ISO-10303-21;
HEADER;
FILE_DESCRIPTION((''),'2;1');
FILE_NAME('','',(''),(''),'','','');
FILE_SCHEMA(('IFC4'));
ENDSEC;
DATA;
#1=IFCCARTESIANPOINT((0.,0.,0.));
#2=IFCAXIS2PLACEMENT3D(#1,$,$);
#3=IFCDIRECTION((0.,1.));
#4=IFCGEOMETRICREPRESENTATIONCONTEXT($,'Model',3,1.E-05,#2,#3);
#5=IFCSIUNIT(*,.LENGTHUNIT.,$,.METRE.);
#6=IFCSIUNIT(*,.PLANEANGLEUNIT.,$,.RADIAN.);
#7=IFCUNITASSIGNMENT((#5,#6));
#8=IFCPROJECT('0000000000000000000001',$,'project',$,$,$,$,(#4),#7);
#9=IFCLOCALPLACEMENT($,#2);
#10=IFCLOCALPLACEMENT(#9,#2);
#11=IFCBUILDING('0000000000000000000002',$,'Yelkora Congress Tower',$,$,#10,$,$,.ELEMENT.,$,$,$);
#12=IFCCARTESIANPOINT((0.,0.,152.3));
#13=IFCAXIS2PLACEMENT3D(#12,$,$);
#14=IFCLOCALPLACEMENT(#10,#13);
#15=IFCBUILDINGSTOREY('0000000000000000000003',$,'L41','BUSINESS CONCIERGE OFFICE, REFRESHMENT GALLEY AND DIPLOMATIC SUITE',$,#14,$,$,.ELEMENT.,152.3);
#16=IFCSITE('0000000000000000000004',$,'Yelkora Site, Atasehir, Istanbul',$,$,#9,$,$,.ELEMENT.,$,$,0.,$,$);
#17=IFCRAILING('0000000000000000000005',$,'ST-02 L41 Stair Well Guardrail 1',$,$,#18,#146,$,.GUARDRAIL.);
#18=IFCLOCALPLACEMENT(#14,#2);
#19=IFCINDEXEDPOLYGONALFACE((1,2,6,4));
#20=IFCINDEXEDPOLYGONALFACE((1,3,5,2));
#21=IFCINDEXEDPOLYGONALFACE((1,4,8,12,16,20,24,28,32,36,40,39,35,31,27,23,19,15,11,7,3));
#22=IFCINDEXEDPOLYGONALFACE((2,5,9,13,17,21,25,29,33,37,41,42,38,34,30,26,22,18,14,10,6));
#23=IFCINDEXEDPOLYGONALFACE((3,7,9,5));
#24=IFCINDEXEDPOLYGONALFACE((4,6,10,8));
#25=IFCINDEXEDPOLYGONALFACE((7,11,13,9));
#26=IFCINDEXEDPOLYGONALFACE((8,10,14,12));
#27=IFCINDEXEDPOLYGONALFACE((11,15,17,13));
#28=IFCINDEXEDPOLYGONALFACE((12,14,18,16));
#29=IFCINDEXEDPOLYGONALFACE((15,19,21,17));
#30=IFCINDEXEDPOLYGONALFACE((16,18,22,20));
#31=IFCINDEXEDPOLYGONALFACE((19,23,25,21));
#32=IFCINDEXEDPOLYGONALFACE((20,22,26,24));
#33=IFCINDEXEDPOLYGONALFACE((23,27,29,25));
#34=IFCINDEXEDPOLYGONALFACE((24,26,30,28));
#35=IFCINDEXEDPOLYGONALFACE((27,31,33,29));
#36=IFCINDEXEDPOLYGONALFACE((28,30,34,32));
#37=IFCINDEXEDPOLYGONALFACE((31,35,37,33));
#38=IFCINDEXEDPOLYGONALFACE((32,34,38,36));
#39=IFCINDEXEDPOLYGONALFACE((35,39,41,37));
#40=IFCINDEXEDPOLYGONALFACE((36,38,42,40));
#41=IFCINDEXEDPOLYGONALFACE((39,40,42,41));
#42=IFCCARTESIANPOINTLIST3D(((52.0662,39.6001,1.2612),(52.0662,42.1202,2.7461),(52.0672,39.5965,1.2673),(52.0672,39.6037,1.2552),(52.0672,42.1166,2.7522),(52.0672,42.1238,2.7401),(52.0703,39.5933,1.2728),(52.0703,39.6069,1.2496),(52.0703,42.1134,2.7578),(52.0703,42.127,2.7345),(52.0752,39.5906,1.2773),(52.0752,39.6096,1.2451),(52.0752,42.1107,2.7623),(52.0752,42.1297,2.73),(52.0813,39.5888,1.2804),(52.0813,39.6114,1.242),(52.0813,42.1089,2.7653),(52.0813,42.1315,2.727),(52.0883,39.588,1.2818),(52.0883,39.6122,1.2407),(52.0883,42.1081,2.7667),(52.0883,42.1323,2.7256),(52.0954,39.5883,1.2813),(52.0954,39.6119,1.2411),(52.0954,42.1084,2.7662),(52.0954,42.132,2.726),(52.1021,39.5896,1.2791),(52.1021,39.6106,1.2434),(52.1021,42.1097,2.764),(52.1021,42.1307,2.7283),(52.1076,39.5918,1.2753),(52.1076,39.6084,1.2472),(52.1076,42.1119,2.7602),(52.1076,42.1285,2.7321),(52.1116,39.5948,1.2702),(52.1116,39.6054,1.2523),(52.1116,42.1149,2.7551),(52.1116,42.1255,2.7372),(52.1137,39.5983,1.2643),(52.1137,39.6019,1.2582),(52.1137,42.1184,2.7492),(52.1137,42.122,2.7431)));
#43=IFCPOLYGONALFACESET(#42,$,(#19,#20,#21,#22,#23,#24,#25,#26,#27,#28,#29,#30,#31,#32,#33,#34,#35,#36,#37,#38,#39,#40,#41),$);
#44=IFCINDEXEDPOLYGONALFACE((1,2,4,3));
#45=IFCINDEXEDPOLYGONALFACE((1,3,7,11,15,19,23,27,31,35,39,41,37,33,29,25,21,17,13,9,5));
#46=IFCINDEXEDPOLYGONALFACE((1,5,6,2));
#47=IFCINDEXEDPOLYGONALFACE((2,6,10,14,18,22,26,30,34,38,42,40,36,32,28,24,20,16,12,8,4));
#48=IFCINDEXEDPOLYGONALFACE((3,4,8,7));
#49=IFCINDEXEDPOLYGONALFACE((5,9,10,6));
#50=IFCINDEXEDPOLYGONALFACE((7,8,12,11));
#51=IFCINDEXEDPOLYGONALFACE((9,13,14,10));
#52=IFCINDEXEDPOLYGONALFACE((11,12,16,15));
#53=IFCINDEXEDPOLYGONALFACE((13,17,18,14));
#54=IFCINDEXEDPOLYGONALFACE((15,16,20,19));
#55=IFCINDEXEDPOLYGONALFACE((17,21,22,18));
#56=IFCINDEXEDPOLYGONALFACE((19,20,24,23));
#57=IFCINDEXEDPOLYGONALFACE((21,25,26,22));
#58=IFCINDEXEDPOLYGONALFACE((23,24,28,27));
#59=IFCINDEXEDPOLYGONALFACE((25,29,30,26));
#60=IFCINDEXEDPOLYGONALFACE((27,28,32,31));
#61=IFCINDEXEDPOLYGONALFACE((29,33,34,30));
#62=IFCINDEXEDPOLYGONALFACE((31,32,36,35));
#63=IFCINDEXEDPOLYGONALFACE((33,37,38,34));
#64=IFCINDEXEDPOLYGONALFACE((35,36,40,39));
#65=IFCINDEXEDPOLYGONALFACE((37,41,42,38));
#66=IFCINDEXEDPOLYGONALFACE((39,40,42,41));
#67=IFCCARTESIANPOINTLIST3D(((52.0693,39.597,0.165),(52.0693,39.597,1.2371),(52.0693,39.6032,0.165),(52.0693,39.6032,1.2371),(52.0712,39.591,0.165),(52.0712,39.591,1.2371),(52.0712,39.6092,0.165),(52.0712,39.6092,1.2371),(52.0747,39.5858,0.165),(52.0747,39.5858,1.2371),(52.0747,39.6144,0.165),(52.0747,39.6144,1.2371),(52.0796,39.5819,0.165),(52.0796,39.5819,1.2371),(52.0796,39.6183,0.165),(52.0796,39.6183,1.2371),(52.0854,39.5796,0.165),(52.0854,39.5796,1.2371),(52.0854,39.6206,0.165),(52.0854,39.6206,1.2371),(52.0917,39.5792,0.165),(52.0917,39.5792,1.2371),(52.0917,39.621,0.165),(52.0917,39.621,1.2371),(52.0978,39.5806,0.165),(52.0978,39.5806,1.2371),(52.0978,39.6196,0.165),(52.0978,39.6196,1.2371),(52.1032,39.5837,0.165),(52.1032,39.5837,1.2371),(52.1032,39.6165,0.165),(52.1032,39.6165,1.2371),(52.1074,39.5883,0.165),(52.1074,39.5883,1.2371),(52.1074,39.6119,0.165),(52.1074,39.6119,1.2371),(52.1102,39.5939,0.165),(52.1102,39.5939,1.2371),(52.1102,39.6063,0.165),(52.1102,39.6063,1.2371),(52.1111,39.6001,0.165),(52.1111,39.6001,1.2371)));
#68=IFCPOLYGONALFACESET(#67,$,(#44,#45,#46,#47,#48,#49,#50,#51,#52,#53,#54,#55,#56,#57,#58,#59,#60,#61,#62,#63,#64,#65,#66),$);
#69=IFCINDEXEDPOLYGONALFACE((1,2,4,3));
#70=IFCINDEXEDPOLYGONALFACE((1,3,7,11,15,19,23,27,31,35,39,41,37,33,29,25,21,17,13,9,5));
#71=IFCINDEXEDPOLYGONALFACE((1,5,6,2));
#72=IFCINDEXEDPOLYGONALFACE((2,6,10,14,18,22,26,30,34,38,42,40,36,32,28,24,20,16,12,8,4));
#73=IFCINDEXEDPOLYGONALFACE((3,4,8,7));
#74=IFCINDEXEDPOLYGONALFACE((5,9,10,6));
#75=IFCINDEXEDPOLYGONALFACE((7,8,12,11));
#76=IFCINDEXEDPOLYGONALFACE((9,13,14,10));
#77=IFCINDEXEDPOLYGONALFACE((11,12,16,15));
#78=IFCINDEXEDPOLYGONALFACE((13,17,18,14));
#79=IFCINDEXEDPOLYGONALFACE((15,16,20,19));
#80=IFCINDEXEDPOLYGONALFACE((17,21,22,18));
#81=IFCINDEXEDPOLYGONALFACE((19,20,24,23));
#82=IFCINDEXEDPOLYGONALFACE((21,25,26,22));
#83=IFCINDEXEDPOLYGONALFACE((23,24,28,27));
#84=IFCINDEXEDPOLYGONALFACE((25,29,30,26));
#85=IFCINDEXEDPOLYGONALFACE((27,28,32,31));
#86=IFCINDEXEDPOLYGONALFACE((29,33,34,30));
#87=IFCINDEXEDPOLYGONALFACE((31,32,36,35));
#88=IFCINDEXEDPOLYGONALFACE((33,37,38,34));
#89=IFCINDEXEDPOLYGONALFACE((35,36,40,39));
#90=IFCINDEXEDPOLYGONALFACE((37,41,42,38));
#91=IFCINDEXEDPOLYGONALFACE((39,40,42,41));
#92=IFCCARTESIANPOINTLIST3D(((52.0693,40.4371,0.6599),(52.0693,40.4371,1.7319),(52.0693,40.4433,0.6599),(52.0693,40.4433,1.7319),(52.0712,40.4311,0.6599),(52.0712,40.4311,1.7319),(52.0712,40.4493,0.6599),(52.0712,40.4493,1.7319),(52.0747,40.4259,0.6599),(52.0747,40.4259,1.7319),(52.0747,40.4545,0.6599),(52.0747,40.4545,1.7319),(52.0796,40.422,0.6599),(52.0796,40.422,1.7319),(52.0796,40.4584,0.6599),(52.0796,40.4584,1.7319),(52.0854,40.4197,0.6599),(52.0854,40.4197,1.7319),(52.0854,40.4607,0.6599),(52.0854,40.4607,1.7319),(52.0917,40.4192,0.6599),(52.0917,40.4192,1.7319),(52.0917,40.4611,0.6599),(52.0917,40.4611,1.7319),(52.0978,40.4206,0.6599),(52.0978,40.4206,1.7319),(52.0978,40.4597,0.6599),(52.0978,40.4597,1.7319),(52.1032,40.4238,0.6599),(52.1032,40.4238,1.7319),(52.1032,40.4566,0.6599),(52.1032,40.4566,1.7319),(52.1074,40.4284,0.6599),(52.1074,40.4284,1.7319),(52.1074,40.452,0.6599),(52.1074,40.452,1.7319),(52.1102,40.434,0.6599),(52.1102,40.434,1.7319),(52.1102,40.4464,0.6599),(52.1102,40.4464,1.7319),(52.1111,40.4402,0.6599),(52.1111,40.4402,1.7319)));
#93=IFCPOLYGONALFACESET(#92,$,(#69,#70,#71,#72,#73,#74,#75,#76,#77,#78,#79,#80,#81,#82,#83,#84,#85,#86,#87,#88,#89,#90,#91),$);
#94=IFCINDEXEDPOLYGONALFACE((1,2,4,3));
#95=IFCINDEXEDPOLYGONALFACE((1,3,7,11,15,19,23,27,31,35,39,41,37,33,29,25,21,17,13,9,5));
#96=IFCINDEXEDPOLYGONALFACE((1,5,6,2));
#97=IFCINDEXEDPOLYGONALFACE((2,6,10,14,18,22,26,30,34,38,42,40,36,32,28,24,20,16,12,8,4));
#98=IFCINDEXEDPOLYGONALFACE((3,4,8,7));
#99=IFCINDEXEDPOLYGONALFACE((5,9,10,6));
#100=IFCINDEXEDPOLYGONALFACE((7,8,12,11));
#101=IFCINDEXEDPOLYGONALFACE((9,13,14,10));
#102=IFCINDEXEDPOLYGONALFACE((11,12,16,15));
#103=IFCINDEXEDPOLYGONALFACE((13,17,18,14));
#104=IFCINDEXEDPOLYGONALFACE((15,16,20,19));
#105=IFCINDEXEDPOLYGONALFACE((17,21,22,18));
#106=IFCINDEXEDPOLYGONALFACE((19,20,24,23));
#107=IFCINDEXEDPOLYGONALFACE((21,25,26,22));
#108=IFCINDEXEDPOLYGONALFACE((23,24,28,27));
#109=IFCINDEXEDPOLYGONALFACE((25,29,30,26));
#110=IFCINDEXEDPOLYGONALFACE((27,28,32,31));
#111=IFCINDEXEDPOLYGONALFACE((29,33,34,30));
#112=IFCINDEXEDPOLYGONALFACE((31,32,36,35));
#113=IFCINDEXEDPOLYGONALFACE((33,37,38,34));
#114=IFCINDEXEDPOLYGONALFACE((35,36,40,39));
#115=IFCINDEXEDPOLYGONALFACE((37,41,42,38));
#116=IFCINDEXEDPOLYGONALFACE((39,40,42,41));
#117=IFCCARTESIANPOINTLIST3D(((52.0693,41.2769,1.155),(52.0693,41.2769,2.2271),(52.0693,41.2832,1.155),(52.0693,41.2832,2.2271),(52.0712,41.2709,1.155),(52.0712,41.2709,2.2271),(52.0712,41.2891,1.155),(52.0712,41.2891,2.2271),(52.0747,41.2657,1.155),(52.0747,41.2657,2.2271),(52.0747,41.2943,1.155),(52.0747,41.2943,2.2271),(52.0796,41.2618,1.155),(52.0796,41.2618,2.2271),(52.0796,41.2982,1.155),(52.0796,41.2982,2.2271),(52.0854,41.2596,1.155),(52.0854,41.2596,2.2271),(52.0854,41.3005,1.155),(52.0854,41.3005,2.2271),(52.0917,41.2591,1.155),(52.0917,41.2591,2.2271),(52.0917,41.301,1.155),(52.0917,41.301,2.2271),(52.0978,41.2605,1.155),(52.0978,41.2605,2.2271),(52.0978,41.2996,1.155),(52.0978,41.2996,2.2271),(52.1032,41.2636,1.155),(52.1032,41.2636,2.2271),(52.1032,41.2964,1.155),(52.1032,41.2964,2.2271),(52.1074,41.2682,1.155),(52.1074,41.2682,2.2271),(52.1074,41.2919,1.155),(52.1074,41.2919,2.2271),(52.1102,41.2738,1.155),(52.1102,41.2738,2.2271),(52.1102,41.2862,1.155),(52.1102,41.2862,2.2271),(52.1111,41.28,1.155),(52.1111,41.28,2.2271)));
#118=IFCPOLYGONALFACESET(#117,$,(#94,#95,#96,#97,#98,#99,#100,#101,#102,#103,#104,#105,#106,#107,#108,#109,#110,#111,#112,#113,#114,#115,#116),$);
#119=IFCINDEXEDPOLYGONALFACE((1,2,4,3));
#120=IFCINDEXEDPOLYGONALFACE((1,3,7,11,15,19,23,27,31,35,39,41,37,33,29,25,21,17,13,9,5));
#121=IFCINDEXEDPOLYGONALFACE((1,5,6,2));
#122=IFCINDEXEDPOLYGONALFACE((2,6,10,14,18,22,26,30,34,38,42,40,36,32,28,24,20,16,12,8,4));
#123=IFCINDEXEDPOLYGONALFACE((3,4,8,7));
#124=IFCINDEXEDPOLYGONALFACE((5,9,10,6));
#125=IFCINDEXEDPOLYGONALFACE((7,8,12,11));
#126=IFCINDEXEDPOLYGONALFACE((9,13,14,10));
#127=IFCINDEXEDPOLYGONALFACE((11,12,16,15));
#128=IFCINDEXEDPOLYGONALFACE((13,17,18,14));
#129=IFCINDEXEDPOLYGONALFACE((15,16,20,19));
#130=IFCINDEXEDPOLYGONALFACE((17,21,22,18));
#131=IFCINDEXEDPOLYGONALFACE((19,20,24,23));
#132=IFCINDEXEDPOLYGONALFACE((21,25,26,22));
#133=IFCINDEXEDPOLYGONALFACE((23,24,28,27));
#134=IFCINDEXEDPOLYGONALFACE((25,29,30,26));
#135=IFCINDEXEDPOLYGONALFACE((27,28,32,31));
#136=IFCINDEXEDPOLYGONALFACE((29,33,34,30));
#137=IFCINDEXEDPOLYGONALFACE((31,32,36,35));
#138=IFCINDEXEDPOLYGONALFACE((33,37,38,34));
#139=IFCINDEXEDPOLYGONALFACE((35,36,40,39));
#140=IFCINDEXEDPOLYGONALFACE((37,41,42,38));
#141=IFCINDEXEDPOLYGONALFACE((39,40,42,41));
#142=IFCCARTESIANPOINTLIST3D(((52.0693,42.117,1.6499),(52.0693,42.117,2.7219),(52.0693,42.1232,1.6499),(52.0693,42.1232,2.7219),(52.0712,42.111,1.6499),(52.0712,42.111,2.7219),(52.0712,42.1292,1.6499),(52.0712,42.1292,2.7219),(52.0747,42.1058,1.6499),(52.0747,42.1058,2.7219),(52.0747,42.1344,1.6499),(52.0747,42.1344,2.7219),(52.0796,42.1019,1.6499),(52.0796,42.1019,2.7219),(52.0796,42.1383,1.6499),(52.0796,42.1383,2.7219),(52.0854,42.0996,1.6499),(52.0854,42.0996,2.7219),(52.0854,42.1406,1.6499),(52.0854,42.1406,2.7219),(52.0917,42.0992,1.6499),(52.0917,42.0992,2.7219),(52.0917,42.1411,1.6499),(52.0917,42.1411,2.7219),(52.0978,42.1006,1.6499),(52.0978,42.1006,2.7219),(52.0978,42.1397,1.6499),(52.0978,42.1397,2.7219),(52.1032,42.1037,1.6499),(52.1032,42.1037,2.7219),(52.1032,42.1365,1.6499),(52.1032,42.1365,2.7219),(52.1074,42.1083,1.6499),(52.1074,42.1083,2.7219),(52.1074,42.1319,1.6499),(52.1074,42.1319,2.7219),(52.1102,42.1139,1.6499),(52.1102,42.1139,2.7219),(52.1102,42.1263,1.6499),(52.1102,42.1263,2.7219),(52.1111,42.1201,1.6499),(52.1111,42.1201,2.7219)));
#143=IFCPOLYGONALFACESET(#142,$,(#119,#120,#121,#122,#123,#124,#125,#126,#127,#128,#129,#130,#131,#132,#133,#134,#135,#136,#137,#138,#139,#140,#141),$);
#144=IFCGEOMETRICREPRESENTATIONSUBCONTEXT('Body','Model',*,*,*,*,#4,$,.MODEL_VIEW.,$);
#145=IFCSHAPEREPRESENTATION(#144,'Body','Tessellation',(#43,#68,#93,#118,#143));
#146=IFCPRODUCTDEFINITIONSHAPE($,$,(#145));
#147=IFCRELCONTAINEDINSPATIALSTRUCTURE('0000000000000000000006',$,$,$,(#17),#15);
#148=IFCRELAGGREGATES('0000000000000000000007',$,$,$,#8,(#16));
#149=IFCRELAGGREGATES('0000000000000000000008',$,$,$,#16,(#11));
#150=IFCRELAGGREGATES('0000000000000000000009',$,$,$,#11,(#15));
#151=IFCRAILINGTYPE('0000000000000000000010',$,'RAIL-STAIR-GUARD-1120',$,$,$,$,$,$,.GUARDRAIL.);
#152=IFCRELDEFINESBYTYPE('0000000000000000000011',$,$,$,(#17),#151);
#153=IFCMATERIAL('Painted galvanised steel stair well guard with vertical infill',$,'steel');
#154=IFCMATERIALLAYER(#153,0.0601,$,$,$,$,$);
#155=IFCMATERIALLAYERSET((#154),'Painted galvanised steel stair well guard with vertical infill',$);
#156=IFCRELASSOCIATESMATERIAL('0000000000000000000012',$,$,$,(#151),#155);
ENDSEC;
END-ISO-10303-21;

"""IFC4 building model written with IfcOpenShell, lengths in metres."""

from ifc_helpers import new_model, si_unit, direction, frame, origin, origin_2d, place, context, subcontext, project, spatial, circle, extrude, material, layer, layer_set, type_object, element, save


model = new_model("IFC4")

# Units and contexts
model_context = context("Model", 3, precision=1e-05, world=origin(), true_north=direction((0.0, 1.0)))
body_context = subcontext(model_context, "Body", "Model", "MODEL_VIEW")
ifc_project = project(units=[si_unit("LENGTHUNIT", "METRE"), si_unit("PLANEANGLEUNIT", "RADIAN")], contexts=[model_context])

# Site, building, storey
site_placement = place(None, origin())
site = spatial("IfcSite", under=ifc_project, at=site_placement, Name="Yelkora Site, Atasehir, Istanbul", CompositionType="ELEMENT", RefElevation=0.0)
building_placement = place(site_placement, origin())
building = spatial("IfcBuilding", under=site, at=building_placement, Name="Yelkora Congress Tower", CompositionType="ELEMENT")
storey_placement = place(building_placement, frame((0.0, 0.0, 152.3)))
storey = spatial("IfcBuildingStorey", under=building, at=storey_placement, Name="L41", Description="BUSINESS CONCIERGE OFFICE, REFRESHMENT GALLEY AND DIPLOMATIC SUITE", CompositionType="ELEMENT", Elevation=152.3)

# Railing
ifc_material_1 = material(Name="Painted galvanised steel stair well guard with vertical infill", Category="steel")
ifc_layer_1 = layer(ifc_material_1, 0.0601)
ifc_layer_set_1 = layer_set([ifc_layer_1], Name="Painted galvanised steel stair well guard with vertical infill")
railing_type_1 = type_object("IfcRailingType", Name="RAIL-STAIR-GUARD-1120", PredefinedType="GUARDRAIL", material=ifc_layer_set_1)
railing_1_placement = place(storey_placement, frame((52.0901, 39.6001, 0.165)))
element("IfcRailing", 1, at=railing_1_placement, inside=storey, type_object=railing_type_1, Name="ST-02 L41 Stair Well Guardrail 1", PredefinedType="GUARDRAIL", context=body_context, shape_type="SweptSolid", body=[
    extrude(circle(Radius=0.0239, at=origin_2d()), frame((0.0, 0.0, 1.0962), z_axis=(0.0, 0.861561, 0.507655), x_axis=(-1.0, 0.0, 0.0)), (0.0, 0.0, 1.0), 2.925),
    extrude(circle(Radius=0.021, at=origin_2d()), origin(), (0.0, 0.0, 1.0), 1.072),
    extrude(circle(Radius=0.021, at=origin_2d()), frame((0.0, 0.8401, 0.4949)), (0.0, 0.0, 1.0), 1.072),
    extrude(circle(Radius=0.021, at=origin_2d()), frame((0.0, 1.6799, 0.99)), (0.0, 0.0, 1.0), 1.072),
    extrude(circle(Radius=0.021, at=origin_2d()), frame((0.0, 2.52, 1.4849)), (0.0, 0.0, 1.0), 1.072),
])

save(model, "model.ifc")
